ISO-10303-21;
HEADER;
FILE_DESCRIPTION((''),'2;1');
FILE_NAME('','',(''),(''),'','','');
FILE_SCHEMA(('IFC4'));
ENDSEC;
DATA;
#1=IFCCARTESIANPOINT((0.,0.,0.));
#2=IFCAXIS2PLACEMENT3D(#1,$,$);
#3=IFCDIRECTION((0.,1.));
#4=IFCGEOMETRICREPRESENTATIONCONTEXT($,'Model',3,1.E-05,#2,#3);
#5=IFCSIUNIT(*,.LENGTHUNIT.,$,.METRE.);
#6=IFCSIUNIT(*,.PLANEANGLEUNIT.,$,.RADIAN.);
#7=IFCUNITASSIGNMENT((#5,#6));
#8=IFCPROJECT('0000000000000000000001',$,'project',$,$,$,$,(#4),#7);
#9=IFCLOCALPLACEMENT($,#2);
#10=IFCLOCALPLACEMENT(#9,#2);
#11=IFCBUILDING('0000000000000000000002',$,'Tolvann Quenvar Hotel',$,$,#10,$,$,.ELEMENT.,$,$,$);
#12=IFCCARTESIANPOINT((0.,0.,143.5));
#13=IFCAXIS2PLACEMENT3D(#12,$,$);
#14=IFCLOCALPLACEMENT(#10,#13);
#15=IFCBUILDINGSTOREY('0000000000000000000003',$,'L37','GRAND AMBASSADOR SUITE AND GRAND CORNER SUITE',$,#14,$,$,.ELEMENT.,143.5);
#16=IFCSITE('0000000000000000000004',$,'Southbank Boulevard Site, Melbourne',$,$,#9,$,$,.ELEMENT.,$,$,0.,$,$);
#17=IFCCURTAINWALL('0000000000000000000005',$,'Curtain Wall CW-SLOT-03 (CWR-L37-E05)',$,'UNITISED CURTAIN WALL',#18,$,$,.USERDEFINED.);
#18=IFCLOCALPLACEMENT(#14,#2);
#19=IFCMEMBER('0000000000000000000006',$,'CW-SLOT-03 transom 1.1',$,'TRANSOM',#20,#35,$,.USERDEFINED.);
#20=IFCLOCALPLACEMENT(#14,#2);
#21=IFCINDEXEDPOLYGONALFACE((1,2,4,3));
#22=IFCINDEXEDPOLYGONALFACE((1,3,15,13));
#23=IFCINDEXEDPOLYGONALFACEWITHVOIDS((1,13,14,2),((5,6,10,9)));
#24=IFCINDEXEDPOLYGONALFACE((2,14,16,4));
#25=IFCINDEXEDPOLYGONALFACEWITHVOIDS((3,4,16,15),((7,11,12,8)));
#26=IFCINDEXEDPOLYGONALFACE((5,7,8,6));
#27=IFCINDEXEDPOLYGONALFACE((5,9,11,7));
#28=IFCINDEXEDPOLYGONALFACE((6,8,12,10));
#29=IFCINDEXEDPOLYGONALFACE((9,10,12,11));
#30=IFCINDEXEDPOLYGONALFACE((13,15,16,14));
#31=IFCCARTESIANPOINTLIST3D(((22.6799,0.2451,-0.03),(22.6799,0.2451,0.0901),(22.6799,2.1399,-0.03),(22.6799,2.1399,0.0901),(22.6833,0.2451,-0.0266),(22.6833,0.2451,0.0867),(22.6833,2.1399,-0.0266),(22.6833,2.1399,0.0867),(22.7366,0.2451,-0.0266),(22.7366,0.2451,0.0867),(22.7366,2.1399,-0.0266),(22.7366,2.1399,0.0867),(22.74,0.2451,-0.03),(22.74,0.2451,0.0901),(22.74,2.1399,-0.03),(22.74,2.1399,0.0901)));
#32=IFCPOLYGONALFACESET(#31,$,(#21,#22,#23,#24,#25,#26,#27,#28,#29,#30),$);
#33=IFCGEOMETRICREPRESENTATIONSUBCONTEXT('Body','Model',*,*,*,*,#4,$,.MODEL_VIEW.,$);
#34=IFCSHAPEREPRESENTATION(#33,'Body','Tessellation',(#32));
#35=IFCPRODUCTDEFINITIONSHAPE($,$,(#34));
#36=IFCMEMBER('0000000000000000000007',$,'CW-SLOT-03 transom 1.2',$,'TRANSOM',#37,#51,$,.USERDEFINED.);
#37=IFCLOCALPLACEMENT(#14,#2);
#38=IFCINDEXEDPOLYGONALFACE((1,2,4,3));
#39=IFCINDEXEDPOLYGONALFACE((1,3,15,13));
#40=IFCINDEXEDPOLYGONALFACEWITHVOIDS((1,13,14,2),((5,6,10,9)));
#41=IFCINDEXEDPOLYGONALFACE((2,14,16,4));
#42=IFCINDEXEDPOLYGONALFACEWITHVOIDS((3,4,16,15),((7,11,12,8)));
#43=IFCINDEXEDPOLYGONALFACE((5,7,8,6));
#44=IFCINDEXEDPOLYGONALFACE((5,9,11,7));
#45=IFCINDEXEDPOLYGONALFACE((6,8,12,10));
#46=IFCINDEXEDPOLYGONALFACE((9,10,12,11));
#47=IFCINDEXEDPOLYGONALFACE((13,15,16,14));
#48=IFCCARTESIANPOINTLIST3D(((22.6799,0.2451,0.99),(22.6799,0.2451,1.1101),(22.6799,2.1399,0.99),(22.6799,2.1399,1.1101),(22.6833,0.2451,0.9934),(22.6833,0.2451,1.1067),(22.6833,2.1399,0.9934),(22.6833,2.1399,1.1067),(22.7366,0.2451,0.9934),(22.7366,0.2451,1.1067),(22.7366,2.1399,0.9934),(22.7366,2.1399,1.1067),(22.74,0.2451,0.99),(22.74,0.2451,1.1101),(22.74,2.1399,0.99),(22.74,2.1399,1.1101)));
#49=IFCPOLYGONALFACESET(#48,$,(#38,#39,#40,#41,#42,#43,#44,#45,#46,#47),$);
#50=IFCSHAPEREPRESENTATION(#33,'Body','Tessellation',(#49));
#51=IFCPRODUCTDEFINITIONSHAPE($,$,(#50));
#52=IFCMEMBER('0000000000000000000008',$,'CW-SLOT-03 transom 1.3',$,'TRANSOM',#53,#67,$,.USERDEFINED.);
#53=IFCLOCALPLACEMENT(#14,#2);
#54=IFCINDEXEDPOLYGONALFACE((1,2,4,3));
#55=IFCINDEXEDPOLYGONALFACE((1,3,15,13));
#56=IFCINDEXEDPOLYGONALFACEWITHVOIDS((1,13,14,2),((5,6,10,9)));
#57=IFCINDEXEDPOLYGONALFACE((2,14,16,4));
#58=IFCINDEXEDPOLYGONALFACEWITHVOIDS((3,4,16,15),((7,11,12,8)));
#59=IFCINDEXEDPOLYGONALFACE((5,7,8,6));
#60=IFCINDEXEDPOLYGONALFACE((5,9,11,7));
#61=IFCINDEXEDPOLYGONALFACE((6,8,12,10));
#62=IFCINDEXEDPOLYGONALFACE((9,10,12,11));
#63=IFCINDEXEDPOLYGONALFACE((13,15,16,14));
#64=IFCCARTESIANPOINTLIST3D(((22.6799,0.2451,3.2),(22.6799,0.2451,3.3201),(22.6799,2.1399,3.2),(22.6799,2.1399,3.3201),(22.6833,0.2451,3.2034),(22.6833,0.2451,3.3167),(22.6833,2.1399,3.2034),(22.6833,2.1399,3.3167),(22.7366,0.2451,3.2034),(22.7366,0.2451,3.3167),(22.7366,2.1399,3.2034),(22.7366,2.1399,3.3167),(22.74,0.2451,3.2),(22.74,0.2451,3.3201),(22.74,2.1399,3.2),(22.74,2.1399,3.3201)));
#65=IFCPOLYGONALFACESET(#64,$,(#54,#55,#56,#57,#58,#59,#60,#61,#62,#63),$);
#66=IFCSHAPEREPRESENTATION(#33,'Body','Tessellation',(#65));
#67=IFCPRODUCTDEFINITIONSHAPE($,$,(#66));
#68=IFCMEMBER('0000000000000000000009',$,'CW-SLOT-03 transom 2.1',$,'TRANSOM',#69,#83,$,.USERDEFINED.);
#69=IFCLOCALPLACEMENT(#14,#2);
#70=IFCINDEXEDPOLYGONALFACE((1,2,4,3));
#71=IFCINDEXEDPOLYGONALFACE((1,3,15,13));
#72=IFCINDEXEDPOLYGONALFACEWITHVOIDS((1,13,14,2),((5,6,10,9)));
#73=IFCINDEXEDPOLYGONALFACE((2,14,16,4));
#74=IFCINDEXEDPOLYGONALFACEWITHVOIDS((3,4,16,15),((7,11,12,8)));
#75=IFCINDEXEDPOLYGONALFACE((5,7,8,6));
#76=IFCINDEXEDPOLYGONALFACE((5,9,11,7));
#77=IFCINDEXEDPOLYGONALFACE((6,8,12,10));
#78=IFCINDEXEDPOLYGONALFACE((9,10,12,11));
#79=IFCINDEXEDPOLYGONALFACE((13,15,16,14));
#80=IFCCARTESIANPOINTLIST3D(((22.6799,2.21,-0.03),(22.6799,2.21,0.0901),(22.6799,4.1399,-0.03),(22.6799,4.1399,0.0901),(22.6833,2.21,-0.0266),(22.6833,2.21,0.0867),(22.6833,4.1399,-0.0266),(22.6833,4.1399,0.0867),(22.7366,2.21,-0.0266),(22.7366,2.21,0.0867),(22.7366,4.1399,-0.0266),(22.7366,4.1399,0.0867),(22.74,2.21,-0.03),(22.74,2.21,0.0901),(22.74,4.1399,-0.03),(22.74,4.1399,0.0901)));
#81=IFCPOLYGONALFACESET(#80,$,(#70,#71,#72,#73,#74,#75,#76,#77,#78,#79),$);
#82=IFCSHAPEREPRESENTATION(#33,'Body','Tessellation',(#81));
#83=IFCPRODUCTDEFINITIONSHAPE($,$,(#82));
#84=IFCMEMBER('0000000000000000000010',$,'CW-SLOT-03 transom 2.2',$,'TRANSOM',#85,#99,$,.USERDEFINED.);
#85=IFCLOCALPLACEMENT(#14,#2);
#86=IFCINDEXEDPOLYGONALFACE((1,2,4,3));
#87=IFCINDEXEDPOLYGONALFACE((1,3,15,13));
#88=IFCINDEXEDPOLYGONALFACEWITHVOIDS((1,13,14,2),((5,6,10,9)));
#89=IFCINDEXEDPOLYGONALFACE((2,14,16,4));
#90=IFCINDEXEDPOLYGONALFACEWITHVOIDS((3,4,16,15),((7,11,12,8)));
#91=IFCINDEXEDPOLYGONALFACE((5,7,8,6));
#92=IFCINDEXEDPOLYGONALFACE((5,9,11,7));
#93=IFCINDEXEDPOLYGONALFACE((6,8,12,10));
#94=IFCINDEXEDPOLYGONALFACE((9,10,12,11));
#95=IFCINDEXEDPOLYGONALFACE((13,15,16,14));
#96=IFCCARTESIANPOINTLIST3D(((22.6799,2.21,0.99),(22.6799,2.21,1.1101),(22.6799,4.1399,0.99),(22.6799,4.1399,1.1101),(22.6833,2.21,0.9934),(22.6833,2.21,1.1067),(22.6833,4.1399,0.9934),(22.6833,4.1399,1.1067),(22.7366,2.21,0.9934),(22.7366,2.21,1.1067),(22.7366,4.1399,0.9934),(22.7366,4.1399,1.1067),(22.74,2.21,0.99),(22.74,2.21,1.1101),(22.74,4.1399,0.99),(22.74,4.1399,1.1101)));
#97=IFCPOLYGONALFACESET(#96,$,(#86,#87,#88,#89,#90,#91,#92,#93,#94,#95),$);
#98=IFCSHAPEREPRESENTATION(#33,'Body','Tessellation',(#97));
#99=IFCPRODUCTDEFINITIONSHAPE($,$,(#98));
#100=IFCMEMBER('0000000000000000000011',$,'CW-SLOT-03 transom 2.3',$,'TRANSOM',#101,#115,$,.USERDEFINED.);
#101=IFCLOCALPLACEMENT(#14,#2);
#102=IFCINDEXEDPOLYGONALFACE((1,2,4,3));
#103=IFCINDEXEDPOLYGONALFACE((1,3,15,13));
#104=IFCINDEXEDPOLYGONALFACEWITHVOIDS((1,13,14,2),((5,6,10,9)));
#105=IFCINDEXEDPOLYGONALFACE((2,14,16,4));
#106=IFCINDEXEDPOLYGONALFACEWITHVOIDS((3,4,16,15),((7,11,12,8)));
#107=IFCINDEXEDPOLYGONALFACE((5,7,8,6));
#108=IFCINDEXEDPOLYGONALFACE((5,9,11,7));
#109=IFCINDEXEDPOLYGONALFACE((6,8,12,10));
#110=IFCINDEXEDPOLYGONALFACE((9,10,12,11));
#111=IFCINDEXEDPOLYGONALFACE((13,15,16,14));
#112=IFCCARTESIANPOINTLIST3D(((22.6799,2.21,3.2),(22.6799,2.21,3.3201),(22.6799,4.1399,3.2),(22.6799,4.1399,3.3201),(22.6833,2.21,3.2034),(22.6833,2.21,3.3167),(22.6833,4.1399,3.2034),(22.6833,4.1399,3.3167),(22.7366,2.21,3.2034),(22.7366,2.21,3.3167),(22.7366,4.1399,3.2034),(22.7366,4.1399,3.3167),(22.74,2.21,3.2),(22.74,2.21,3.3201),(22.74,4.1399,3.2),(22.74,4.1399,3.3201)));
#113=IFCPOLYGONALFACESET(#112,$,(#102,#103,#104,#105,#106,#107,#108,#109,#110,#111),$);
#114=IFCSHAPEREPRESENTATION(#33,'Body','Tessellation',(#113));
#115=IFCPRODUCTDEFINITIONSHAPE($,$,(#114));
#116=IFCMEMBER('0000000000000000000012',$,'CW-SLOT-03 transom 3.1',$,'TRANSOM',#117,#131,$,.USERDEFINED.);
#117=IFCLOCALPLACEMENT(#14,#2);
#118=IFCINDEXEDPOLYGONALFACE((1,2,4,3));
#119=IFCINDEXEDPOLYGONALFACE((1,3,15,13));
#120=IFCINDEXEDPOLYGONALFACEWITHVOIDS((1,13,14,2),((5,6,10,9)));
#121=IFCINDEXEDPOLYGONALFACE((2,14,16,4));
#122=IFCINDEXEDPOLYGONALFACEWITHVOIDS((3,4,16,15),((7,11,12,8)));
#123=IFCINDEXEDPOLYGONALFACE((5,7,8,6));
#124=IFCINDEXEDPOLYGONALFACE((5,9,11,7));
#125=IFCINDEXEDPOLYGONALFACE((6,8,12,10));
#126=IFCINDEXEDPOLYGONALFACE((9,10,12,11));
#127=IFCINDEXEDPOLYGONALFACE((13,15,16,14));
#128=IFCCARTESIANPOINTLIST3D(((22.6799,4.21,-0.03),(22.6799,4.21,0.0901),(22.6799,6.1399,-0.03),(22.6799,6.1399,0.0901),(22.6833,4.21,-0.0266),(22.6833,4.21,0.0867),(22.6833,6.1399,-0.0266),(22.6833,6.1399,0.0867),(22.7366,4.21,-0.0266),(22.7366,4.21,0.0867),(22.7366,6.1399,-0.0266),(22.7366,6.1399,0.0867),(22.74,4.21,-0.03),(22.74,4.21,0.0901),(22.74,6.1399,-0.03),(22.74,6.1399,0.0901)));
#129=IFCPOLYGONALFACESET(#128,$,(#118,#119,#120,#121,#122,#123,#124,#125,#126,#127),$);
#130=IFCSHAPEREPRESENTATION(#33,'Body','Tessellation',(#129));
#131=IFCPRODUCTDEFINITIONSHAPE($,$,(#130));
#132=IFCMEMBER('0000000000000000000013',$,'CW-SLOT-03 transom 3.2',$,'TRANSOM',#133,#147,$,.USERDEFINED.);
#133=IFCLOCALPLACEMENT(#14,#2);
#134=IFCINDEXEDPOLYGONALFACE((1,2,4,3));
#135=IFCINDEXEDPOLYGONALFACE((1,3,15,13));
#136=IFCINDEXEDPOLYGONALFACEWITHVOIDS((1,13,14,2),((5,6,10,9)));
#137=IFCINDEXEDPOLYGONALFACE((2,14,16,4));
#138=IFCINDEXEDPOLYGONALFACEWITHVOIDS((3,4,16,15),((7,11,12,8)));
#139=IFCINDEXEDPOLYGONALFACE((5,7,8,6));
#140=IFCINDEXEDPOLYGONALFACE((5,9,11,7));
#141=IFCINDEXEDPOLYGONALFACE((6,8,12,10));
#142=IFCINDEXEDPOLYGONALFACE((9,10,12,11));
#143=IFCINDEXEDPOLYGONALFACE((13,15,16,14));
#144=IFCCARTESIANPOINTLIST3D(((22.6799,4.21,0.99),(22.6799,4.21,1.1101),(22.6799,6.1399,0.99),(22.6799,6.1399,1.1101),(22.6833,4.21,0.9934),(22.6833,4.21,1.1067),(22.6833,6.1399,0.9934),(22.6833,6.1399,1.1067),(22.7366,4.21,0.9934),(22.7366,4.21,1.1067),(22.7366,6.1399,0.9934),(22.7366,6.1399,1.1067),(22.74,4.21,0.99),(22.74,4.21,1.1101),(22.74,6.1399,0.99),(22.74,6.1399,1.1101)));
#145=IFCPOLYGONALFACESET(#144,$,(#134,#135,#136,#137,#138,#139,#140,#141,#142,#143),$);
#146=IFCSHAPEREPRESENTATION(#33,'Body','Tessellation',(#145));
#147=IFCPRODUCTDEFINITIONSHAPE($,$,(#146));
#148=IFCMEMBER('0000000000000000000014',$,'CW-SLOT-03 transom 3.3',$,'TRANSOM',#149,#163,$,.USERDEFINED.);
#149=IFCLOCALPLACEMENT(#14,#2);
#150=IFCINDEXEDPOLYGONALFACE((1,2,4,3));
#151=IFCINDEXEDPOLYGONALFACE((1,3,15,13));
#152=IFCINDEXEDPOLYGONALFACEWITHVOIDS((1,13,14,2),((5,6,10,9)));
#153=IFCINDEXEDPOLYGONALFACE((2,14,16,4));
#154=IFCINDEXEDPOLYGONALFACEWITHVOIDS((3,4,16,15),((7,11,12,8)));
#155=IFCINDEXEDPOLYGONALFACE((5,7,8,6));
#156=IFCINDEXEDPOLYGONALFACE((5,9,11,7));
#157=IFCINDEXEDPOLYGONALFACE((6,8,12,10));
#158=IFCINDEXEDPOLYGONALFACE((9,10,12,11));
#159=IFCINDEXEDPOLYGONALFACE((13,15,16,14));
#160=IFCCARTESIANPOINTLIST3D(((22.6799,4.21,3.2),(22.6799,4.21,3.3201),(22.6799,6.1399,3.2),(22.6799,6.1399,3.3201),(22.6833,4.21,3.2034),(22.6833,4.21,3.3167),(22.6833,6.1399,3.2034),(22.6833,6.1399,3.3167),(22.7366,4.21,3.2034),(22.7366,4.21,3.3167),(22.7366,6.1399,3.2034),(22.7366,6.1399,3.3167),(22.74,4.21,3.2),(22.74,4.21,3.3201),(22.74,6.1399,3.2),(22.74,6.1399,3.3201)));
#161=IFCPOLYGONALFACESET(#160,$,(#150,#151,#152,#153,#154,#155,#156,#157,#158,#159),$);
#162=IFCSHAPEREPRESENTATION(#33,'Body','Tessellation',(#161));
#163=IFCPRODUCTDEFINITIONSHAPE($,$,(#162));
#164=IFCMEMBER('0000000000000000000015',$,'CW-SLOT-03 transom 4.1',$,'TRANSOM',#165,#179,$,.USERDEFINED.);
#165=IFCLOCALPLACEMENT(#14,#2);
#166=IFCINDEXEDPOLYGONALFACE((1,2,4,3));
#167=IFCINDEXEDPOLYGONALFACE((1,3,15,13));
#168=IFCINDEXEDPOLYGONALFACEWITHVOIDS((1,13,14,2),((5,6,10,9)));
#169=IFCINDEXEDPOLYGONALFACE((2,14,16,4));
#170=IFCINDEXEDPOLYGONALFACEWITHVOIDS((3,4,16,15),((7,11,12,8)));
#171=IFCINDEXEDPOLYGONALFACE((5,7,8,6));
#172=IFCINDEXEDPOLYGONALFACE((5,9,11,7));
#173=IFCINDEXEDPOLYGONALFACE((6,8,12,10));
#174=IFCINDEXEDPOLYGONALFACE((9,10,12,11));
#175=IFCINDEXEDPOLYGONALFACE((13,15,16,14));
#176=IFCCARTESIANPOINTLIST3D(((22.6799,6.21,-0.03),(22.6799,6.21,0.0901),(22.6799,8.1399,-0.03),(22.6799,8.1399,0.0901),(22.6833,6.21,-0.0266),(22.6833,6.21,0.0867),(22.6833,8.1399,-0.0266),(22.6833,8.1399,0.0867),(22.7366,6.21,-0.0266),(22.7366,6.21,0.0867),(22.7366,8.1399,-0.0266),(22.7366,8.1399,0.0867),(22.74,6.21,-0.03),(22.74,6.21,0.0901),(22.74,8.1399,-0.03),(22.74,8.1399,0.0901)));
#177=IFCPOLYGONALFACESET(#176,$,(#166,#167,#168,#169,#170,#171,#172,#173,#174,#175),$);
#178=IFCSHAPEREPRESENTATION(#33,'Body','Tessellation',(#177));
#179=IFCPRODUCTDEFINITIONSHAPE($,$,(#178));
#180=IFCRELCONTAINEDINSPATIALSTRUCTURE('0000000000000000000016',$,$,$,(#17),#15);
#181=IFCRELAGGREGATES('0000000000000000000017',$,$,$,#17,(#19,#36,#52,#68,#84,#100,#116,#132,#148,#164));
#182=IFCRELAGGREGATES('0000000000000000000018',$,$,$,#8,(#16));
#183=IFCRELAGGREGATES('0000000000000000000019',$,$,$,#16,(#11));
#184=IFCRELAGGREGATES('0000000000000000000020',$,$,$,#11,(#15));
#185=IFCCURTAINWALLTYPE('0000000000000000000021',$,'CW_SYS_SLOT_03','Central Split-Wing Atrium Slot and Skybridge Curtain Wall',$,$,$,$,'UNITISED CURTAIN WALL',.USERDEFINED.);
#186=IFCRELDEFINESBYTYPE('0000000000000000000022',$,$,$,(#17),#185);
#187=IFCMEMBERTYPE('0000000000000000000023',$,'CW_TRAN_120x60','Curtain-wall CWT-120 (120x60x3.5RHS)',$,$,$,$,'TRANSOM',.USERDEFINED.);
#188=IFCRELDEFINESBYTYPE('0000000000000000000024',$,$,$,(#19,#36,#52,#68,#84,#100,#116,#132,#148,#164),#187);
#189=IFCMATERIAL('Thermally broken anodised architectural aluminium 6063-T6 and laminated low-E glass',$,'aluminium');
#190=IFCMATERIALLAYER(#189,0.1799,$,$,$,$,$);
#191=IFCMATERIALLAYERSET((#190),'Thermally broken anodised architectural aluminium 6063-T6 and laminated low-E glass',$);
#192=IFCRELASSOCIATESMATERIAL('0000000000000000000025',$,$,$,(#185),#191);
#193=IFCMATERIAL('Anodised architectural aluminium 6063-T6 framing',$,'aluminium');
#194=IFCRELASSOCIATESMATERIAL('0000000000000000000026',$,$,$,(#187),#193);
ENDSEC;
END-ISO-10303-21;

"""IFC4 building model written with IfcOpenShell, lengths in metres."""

from ifc_helpers import new_model, si_unit, direction, frame, origin, origin_2d, place, context, subcontext, project, spatial, hollow_rectangle, extrude, source, transform, mapped, material, layer, layer_set, material_profile, profile_set, type_object, type_shapes, element, aggregate, save


model = new_model("IFC4")

# Units and contexts
model_context = context("Model", 3, precision=1e-05, world=origin(), true_north=direction((0.0, 1.0)))
body_context = subcontext(model_context, "Body", "Model", "MODEL_VIEW")
ifc_project = project(units=[si_unit("LENGTHUNIT", "METRE"), si_unit("PLANEANGLEUNIT", "RADIAN")], contexts=[model_context])

# Site, building, storey
site_placement = place(None, origin())
site = spatial("IfcSite", under=ifc_project, at=site_placement, Name="Southbank Boulevard Site, Melbourne", CompositionType="ELEMENT", RefElevation=0.0)
building_placement = place(site_placement, origin())
building = spatial("IfcBuilding", under=site, at=building_placement, Name="Tolvann Quenvar Hotel", CompositionType="ELEMENT")
storey_placement = place(building_placement, frame((0.0, 0.0, 143.5)))
storey = spatial("IfcBuildingStorey", under=building, at=storey_placement, Name="L37", Description="GRAND AMBASSADOR SUITE AND GRAND CORNER SUITE", CompositionType="ELEMENT", Elevation=143.5)

# Curtain wall, members
ifc_material_1 = material(Name="Thermally broken anodised architectural aluminium 6063-T6 and laminated low-E glass", Category="aluminium")
ifc_layer_1 = layer(ifc_material_1, 0.1799)
ifc_layer_set_1 = layer_set([ifc_layer_1], Name="Thermally broken anodised architectural aluminium 6063-T6 and laminated low-E glass")
curtain_wall_type = type_object("IfcCurtainWallType", Name="CW_SYS_SLOT_03", Description="Central Split-Wing Atrium Slot and Skybridge Curtain Wall", ElementType="UNITISED CURTAIN WALL", PredefinedType="USERDEFINED", material=ifc_layer_set_1)
curtain_wall_placement = place(storey_placement, origin())
curtain_wall = element("IfcCurtainWall", 1, at=curtain_wall_placement, inside=storey, type_object=curtain_wall_type, Name="Curtain Wall CW-SLOT-03 (CWR-L37-E05)", ObjectType="UNITISED CURTAIN WALL", PredefinedType="USERDEFINED")
ifc_material_2 = material(Name="Anodised architectural aluminium 6063-T6 framing", Category="aluminium")
ifc_material_profile_1 = material_profile(ifc_material_2, hollow_rectangle(XDim=0.0601, YDim=0.1201, WallThickness=0.0034, at=origin_2d()), Name="120x60x3.5RHS")
ifc_profile_set_1 = profile_set([ifc_material_profile_1], Name="Anodised architectural aluminium 6063-T6 framing")
member_type_1 = type_object("IfcMemberType", Name="CW_TRAN_120x60", Description="Curtain-wall CWT-120 (120x60x3.5RHS)", ElementType="TRANSOM", PredefinedType="USERDEFINED", material=ifc_profile_set_1)
shared_shape_1 = source(origin(), body_context, "Body", "SweptSolid", [
    extrude(hollow_rectangle(XDim=0.0601, YDim=0.1201, WallThickness=0.0034, at=origin_2d()), origin(), (0.0, 0.0, 1.0), 1.8948),
])
member_1_placement = place(storey_placement, frame((22.71, 0.2451, 0.03), z_axis=(0.0, 1.0, 0.0), x_axis=(-1.0, 0.0, 0.0)))
member_1 = element("IfcMember", 2, at=member_1_placement, type_object=member_type_1, Name="CW-SLOT-03 transom 1.1", ObjectType="TRANSOM", PredefinedType="USERDEFINED", context=body_context, shape_type="MappedRepresentation", body=[
    mapped(shared_shape_1, transform((0.0, 0.0, 0.0), x_axis=(1.0, 0.0, 0.0), y_axis=(0.0, 1.0, 0.0), z_axis=(0.0, 0.0, 1.0), scale=1.0)),
])
member_2_placement = place(storey_placement, frame((22.71, 0.2451, 1.05), z_axis=(0.0, 1.0, 0.0), x_axis=(-1.0, 0.0, 0.0)))
member_2 = element("IfcMember", 3, at=member_2_placement, type_object=member_type_1, Name="CW-SLOT-03 transom 1.2", ObjectType="TRANSOM", PredefinedType="USERDEFINED", context=body_context, shape_type="MappedRepresentation", body=[
    mapped(shared_shape_1, transform((0.0, 0.0, 0.0), x_axis=(1.0, 0.0, 0.0), y_axis=(0.0, 1.0, 0.0), z_axis=(0.0, 0.0, 1.0), scale=1.0)),
])
member_3_placement = place(storey_placement, frame((22.71, 0.2451, 3.26), z_axis=(0.0, 1.0, 0.0), x_axis=(-1.0, 0.0, 0.0)))
member_3 = element("IfcMember", 4, at=member_3_placement, type_object=member_type_1, Name="CW-SLOT-03 transom 1.3", ObjectType="TRANSOM", PredefinedType="USERDEFINED", context=body_context, shape_type="MappedRepresentation", body=[
    mapped(shared_shape_1, transform((0.0, 0.0, 0.0), x_axis=(1.0, 0.0, 0.0), y_axis=(0.0, 1.0, 0.0), z_axis=(0.0, 0.0, 1.0), scale=1.0)),
])
shared_shape_2 = source(origin(), body_context, "Body", "SweptSolid", [
    extrude(hollow_rectangle(XDim=0.0601, YDim=0.1201, WallThickness=0.0034, at=origin_2d()), origin(), (0.0, 0.0, 1.0), 1.9299),
])
type_shapes(member_type_1, [shared_shape_1, shared_shape_2])
member_4_placement = place(storey_placement, frame((22.71, 2.21, 0.03), z_axis=(0.0, 1.0, 0.0), x_axis=(-1.0, 0.0, 0.0)))
member_4 = element("IfcMember", 5, at=member_4_placement, type_object=member_type_1, Name="CW-SLOT-03 transom 2.1", ObjectType="TRANSOM", PredefinedType="USERDEFINED", context=body_context, shape_type="MappedRepresentation", body=[
    mapped(shared_shape_2, transform((0.0, 0.0, 0.0), x_axis=(1.0, 0.0, 0.0), y_axis=(0.0, 1.0, 0.0), z_axis=(0.0, 0.0, 1.0), scale=1.0)),
])
member_5_placement = place(storey_placement, frame((22.71, 2.21, 1.05), z_axis=(0.0, 1.0, 0.0), x_axis=(-1.0, 0.0, 0.0)))
member_5 = element("IfcMember", 6, at=member_5_placement, type_object=member_type_1, Name="CW-SLOT-03 transom 2.2", ObjectType="TRANSOM", PredefinedType="USERDEFINED", context=body_context, shape_type="MappedRepresentation", body=[
    mapped(shared_shape_2, transform((0.0, 0.0, 0.0), x_axis=(1.0, 0.0, 0.0), y_axis=(0.0, 1.0, 0.0), z_axis=(0.0, 0.0, 1.0), scale=1.0)),
])
member_6_placement = place(storey_placement, frame((22.71, 2.21, 3.26), z_axis=(0.0, 1.0, 0.0), x_axis=(-1.0, 0.0, 0.0)))
member_6 = element("IfcMember", 7, at=member_6_placement, type_object=member_type_1, Name="CW-SLOT-03 transom 2.3", ObjectType="TRANSOM", PredefinedType="USERDEFINED", context=body_context, shape_type="MappedRepresentation", body=[
    mapped(shared_shape_2, transform((0.0, 0.0, 0.0), x_axis=(1.0, 0.0, 0.0), y_axis=(0.0, 1.0, 0.0), z_axis=(0.0, 0.0, 1.0), scale=1.0)),
])
member_7_placement = place(storey_placement, frame((22.71, 4.21, 0.03), z_axis=(0.0, 1.0, 0.0), x_axis=(-1.0, 0.0, 0.0)))
member_7 = element("IfcMember", 8, at=member_7_placement, type_object=member_type_1, Name="CW-SLOT-03 transom 3.1", ObjectType="TRANSOM", PredefinedType="USERDEFINED", context=body_context, shape_type="MappedRepresentation", body=[
    mapped(shared_shape_2, transform((0.0, 0.0, 0.0), x_axis=(1.0, 0.0, 0.0), y_axis=(0.0, 1.0, 0.0), z_axis=(0.0, 0.0, 1.0), scale=1.0)),
])
member_8_placement = place(storey_placement, frame((22.71, 4.21, 1.05), z_axis=(0.0, 1.0, 0.0), x_axis=(-1.0, 0.0, 0.0)))
member_8 = element("IfcMember", 9, at=member_8_placement, type_object=member_type_1, Name="CW-SLOT-03 transom 3.2", ObjectType="TRANSOM", PredefinedType="USERDEFINED", context=body_context, shape_type="MappedRepresentation", body=[
    mapped(shared_shape_2, transform((0.0, 0.0, 0.0), x_axis=(1.0, 0.0, 0.0), y_axis=(0.0, 1.0, 0.0), z_axis=(0.0, 0.0, 1.0), scale=1.0)),
])
member_9_placement = place(storey_placement, frame((22.71, 4.21, 3.26), z_axis=(0.0, 1.0, 0.0), x_axis=(-1.0, 0.0, 0.0)))
member_9 = element("IfcMember", 10, at=member_9_placement, type_object=member_type_1, Name="CW-SLOT-03 transom 3.3", ObjectType="TRANSOM", PredefinedType="USERDEFINED", context=body_context, shape_type="MappedRepresentation", body=[
    mapped(shared_shape_2, transform((0.0, 0.0, 0.0), x_axis=(1.0, 0.0, 0.0), y_axis=(0.0, 1.0, 0.0), z_axis=(0.0, 0.0, 1.0), scale=1.0)),
])
member_10_placement = place(storey_placement, frame((22.71, 6.21, 0.03), z_axis=(0.0, 1.0, 0.0), x_axis=(-1.0, 0.0, 0.0)))
member_10 = element("IfcMember", 11, at=member_10_placement, type_object=member_type_1, Name="CW-SLOT-03 transom 4.1", ObjectType="TRANSOM", PredefinedType="USERDEFINED", context=body_context, shape_type="MappedRepresentation", body=[
    mapped(shared_shape_2, transform((0.0, 0.0, 0.0), x_axis=(1.0, 0.0, 0.0), y_axis=(0.0, 1.0, 0.0), z_axis=(0.0, 0.0, 1.0), scale=1.0)),
])
aggregate(curtain_wall, [member_1, member_2, member_3, member_4, member_5, member_6, member_7, member_8, member_9, member_10])

save(model, "model.ifc")
